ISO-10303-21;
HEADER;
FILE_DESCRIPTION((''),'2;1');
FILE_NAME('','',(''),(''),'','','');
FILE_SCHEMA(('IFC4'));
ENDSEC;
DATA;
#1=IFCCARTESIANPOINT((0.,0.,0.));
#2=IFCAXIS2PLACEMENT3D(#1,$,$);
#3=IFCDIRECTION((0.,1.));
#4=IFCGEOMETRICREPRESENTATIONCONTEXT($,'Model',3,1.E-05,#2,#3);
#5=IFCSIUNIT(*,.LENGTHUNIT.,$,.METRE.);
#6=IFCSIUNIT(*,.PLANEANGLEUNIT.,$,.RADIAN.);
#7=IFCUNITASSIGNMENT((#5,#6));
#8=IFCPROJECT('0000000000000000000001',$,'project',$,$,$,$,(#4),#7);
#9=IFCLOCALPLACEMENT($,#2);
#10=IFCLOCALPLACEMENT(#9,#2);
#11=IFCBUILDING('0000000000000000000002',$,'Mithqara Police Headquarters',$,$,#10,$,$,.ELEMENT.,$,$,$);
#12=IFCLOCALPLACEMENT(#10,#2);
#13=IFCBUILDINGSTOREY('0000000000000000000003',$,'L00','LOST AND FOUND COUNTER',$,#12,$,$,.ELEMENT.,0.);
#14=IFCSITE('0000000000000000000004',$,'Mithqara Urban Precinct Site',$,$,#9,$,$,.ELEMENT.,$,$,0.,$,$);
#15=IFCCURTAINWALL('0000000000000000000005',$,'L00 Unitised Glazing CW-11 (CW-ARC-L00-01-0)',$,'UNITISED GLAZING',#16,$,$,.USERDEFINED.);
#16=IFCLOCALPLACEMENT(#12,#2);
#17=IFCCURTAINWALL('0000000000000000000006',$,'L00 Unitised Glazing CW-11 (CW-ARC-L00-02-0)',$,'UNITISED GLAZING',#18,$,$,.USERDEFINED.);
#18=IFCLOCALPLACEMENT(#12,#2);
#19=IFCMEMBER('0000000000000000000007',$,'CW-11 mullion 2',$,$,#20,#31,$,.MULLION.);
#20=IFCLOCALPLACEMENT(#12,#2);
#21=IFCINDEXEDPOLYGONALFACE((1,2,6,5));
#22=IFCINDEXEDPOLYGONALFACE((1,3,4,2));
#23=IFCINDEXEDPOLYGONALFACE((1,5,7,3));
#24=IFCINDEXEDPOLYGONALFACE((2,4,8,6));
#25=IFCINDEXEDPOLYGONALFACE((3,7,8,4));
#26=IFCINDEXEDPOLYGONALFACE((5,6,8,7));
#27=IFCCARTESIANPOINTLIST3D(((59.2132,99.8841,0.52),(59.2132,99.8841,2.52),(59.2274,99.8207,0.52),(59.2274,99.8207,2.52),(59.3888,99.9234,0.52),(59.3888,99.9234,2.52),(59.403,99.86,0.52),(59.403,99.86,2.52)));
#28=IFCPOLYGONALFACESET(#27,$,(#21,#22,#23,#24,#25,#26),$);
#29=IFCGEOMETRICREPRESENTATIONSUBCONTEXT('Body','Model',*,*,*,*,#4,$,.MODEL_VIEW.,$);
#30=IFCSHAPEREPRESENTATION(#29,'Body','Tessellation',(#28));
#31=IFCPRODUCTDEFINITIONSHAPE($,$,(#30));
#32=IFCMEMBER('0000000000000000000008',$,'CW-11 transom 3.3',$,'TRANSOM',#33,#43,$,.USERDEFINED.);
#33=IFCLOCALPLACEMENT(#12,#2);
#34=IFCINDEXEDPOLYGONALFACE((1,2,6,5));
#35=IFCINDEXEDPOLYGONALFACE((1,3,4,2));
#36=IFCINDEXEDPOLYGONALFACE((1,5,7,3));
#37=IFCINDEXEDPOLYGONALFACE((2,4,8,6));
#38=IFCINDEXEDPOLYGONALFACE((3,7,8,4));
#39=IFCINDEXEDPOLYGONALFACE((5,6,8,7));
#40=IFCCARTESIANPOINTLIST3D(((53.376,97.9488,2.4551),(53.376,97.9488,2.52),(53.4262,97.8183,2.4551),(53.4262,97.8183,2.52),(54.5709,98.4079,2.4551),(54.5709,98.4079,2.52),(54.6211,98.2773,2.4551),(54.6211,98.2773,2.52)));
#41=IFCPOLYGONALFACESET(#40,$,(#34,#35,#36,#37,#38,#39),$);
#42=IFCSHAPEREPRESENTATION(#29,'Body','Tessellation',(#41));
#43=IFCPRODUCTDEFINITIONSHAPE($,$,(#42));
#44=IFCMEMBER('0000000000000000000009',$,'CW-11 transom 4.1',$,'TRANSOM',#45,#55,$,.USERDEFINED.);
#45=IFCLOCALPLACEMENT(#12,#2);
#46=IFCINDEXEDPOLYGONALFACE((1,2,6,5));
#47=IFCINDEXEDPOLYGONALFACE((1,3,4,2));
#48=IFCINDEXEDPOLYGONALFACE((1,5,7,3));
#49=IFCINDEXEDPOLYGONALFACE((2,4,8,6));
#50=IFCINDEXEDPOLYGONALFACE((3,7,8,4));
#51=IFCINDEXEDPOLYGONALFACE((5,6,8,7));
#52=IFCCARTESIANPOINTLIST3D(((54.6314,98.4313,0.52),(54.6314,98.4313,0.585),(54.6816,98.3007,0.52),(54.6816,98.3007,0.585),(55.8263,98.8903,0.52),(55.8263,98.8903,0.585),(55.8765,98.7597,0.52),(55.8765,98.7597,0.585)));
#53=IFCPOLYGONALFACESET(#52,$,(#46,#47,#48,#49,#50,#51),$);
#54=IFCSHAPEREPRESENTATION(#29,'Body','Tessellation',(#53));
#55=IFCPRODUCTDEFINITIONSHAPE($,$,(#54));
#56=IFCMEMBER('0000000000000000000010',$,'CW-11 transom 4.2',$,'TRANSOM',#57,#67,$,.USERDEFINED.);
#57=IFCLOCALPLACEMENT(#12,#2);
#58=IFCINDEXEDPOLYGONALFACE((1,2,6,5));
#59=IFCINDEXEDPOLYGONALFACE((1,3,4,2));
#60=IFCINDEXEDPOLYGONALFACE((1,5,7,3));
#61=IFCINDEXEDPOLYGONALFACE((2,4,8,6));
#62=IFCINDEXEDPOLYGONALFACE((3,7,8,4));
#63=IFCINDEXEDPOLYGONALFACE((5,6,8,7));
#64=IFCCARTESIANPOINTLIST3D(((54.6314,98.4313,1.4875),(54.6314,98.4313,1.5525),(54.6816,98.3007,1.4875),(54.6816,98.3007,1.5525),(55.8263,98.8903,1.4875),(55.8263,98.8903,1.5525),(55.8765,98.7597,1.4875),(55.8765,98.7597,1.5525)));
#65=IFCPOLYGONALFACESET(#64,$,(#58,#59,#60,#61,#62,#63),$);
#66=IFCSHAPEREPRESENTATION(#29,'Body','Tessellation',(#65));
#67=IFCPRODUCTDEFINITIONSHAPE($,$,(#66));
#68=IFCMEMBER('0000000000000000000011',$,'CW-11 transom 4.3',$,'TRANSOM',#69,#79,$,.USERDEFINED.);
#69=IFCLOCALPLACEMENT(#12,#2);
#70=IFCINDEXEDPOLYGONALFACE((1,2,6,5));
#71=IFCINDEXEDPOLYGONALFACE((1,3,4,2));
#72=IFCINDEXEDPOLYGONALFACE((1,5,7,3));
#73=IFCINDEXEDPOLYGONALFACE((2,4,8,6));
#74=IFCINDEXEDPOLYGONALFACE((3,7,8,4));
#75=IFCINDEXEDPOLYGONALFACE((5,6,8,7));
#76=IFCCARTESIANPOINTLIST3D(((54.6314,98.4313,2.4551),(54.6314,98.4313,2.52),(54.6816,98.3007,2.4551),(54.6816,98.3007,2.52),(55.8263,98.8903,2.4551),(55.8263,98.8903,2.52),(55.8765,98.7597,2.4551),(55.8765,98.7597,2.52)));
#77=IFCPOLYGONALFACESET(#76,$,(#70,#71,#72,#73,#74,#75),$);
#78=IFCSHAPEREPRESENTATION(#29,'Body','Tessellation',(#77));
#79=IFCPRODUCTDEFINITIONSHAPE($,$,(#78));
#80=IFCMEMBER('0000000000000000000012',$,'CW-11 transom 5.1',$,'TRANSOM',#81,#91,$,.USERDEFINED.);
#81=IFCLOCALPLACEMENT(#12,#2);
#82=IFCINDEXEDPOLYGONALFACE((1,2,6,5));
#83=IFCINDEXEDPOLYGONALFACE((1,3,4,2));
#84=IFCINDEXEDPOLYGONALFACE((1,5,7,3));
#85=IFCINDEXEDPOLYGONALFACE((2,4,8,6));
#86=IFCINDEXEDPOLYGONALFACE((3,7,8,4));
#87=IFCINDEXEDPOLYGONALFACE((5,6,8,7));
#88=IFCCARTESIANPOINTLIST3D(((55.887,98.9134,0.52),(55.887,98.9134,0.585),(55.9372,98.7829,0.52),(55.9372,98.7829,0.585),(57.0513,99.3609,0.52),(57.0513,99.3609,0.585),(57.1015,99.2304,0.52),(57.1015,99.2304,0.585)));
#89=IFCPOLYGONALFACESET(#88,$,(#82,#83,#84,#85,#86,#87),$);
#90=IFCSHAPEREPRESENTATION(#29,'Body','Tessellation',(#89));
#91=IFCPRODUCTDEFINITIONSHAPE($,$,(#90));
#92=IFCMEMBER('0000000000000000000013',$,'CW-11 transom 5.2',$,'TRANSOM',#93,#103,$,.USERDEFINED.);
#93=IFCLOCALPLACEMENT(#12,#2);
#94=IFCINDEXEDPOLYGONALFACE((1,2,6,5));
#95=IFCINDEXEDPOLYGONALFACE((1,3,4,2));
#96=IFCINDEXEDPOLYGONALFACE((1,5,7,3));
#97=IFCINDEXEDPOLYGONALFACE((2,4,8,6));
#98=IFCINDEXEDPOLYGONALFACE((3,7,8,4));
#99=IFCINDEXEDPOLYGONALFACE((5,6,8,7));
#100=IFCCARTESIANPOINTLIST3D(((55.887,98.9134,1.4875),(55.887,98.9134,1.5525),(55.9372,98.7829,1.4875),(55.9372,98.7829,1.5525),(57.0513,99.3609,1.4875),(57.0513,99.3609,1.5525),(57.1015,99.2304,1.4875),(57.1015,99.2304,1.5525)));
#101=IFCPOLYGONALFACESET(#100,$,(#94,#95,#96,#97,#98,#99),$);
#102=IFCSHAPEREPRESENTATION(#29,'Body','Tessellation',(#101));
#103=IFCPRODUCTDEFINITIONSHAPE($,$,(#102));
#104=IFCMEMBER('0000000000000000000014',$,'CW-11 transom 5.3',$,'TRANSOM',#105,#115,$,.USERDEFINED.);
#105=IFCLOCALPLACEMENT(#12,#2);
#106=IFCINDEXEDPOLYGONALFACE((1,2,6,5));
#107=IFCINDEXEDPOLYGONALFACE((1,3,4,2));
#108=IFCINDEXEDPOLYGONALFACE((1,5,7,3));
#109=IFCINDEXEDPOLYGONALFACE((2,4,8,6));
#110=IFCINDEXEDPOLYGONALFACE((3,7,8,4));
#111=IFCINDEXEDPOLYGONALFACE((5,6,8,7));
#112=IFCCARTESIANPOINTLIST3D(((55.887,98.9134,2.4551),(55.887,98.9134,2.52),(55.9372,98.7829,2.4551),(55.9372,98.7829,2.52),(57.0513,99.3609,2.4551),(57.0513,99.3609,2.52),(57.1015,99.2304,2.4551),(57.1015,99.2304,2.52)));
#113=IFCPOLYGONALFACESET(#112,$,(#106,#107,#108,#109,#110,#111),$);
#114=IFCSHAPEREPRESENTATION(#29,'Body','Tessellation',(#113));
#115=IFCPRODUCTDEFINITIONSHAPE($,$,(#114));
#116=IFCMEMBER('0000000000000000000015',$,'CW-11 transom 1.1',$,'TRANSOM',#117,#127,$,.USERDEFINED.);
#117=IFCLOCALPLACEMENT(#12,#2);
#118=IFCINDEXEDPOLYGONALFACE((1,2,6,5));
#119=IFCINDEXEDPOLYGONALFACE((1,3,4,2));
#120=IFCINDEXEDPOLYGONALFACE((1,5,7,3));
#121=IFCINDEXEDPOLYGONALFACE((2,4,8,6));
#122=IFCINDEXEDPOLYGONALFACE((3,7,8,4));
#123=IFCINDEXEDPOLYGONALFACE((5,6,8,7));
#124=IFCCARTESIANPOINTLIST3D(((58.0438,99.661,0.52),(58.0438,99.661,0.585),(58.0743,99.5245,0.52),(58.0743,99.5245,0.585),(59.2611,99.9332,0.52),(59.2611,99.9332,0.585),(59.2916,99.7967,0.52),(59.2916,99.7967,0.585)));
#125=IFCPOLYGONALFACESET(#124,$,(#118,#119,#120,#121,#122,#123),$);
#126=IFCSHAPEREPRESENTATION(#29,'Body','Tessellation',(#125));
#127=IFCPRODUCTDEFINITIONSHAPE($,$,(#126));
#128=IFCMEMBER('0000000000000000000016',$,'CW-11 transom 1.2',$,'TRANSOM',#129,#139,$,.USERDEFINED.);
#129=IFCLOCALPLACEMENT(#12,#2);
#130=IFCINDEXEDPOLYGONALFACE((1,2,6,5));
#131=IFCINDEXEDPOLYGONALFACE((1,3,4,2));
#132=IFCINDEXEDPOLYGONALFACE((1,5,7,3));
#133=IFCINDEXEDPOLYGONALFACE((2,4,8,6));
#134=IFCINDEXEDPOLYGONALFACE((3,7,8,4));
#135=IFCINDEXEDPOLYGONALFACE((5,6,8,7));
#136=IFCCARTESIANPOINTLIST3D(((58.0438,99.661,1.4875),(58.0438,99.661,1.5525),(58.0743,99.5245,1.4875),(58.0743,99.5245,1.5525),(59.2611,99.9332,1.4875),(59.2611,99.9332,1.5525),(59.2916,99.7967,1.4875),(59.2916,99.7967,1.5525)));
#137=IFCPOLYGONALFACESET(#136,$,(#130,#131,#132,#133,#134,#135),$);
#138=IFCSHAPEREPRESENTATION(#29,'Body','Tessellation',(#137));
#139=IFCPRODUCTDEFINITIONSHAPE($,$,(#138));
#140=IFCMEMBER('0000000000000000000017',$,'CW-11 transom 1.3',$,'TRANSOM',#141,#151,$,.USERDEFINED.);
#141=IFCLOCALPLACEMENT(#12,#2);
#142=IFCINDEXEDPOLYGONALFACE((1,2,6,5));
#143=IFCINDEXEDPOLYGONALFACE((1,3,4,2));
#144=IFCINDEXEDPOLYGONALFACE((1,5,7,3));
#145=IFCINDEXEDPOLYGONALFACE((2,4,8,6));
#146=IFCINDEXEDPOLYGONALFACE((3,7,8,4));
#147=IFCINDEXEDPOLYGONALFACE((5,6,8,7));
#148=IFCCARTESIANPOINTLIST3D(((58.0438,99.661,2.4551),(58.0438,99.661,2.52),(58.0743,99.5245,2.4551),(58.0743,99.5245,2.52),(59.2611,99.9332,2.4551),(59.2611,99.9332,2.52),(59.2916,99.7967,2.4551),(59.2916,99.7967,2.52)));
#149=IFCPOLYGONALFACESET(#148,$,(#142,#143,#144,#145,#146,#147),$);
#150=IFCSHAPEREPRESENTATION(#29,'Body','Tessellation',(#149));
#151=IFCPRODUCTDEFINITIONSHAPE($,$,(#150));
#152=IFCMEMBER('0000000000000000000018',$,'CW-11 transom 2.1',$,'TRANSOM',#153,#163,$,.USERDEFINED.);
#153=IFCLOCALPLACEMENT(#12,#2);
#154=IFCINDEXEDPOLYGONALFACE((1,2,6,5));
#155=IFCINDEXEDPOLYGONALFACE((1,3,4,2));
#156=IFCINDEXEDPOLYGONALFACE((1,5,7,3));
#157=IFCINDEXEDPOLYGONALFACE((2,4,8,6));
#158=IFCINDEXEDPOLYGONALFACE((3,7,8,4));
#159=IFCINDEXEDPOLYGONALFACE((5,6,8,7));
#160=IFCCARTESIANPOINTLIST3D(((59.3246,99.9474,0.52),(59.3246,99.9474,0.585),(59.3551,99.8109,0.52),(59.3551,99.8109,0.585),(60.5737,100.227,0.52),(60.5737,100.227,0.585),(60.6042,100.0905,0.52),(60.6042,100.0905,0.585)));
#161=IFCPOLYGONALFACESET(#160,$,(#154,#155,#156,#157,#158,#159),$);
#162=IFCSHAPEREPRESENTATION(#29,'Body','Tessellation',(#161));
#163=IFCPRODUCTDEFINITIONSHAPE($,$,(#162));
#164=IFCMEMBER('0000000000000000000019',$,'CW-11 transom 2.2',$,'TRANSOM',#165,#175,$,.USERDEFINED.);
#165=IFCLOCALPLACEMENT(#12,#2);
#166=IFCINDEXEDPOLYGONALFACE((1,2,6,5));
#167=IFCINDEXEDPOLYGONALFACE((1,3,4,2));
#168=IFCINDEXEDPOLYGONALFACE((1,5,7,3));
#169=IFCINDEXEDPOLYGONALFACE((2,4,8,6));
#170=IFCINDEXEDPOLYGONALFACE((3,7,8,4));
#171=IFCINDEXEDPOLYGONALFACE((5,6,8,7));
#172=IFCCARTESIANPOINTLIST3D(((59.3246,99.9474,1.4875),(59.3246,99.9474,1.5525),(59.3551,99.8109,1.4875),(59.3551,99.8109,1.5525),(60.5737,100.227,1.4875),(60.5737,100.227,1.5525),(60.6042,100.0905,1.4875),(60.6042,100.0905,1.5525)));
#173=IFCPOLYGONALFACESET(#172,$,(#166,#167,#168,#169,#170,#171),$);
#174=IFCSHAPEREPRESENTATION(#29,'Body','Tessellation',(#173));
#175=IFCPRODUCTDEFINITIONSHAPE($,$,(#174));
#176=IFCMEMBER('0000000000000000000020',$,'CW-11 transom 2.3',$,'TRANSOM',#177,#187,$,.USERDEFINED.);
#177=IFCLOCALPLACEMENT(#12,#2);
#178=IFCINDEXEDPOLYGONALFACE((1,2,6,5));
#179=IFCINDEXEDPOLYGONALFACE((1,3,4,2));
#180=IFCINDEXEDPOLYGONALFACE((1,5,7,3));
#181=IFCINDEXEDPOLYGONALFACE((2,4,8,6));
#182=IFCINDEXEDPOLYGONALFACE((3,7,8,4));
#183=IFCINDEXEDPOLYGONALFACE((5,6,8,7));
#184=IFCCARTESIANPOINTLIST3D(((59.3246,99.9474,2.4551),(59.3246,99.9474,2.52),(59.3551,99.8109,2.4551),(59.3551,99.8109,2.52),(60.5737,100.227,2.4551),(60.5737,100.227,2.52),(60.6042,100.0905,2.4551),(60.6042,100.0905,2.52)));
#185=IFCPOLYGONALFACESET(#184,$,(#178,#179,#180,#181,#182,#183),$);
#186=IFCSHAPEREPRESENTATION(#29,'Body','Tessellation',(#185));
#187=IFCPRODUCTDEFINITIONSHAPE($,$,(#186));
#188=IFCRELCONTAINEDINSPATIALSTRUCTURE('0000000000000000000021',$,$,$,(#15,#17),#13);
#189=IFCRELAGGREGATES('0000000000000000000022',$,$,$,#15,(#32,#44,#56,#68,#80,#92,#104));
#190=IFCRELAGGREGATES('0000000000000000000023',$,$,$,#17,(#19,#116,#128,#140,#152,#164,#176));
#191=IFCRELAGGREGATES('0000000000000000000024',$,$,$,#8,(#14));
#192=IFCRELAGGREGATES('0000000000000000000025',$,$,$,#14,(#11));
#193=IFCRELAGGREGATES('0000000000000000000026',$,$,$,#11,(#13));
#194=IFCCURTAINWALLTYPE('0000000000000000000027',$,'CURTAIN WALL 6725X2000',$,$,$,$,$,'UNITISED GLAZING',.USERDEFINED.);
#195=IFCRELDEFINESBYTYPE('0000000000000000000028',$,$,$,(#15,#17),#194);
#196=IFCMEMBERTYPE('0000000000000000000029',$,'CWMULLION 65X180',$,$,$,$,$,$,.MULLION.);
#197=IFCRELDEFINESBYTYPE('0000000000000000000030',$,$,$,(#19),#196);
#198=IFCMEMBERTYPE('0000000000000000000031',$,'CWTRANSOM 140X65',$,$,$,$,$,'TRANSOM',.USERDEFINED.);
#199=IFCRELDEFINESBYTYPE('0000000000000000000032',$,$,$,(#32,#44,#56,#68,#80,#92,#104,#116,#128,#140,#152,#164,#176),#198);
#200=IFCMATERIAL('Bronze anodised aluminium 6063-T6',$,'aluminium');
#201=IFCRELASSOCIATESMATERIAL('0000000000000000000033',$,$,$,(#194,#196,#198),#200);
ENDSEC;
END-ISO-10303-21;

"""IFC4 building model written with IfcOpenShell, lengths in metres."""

from ifc_helpers import new_model, si_unit, direction, frame, origin, origin_2d, place, context, subcontext, project, spatial, rectangle, extrude, material, material_profile, profile_set, type_object, element, aggregate, save


model = new_model("IFC4")

# Units and contexts
model_context = context("Model", 3, precision=1e-05, world=origin(), true_north=direction((0.0, 1.0)))
body_context = subcontext(model_context, "Body", "Model", "MODEL_VIEW")
ifc_project = project(units=[si_unit("LENGTHUNIT", "METRE"), si_unit("PLANEANGLEUNIT", "RADIAN")], contexts=[model_context])

# Site, building, storey
site_placement = place(None, origin())
site = spatial("IfcSite", under=ifc_project, at=site_placement, Name="Mithqara Urban Precinct Site", CompositionType="ELEMENT", RefElevation=0.0)
building_placement = place(site_placement, origin())
building = spatial("IfcBuilding", under=site, at=building_placement, Name="Mithqara Police Headquarters", CompositionType="ELEMENT")
storey_placement = place(building_placement, origin())
storey = spatial("IfcBuildingStorey", under=building, at=storey_placement, Name="L00", Description="LOST AND FOUND COUNTER", CompositionType="ELEMENT", Elevation=0.0)

# Curtain walls, member
ifc_material_1 = material(Name="Bronze anodised aluminium 6063-T6", Category="aluminium")
curtain_wall_type = type_object("IfcCurtainWallType", Name="CURTAIN WALL 6725X2000", ElementType="UNITISED GLAZING", PredefinedType="USERDEFINED", material=ifc_material_1)
curtain_wall_1_placement = place(storey_placement, origin())
curtain_wall_1 = element("IfcCurtainWall", 1, at=curtain_wall_1_placement, inside=storey, type_object=curtain_wall_type, Name="L00 Unitised Glazing CW-11 (CW-ARC-L00-01-0)", ObjectType="UNITISED GLAZING", PredefinedType="USERDEFINED")
ifc_material_profile_1 = material_profile(ifc_material_1, rectangle(XDim=0.0649, YDim=0.1799, at=origin_2d()), Name="CWM 65x180")
ifc_profile_set_1 = profile_set([ifc_material_profile_1], Name="Bronze anodised aluminium 6063-T6")
member_type_1 = type_object("IfcMemberType", Name="CWMULLION 65X180", PredefinedType="MULLION", material=ifc_profile_set_1)
curtain_wall_2_placement = place(storey_placement, origin())
curtain_wall_2 = element("IfcCurtainWall", 2, at=curtain_wall_2_placement, inside=storey, type_object=curtain_wall_type, Name="L00 Unitised Glazing CW-11 (CW-ARC-L00-02-0)", ObjectType="UNITISED GLAZING", PredefinedType="USERDEFINED")
member_1_placement = place(storey_placement, frame((59.3081, 99.8721, 0.52), z_axis=(0.0, 0.0, 1.0), x_axis=(-0.218335, 0.975874, 0.0)))
member_1 = element("IfcMember", 3, at=member_1_placement, type_object=member_type_1, Name="CW-11 mullion 2", PredefinedType="MULLION", context=body_context, shape_type="SweptSolid", body=[
    extrude(rectangle(XDim=0.0649, YDim=0.1799, at=origin_2d()), origin(), (0.0, 0.0, 1.0), 2.0),
])

# Members
ifc_material_profile_2 = material_profile(ifc_material_1, rectangle(XDim=0.1399, YDim=0.0649, at=origin_2d()), Name="CWT 140x65")
ifc_profile_set_2 = profile_set([ifc_material_profile_2], Name="Bronze anodised aluminium 6063-T6")
member_type_2 = type_object("IfcMemberType", Name="CWTRANSOM 140X65", ElementType="TRANSOM", PredefinedType="USERDEFINED", material=ifc_profile_set_2)
member_2_placement = place(storey_placement, frame((53.4011, 97.8835, 2.4875), z_axis=(0.933493, 0.358596, 0.0), x_axis=(-0.358596, 0.933493, 0.0)))
member_2 = element("IfcMember", 4, at=member_2_placement, type_object=member_type_2, Name="CW-11 transom 3.3", ObjectType="TRANSOM", PredefinedType="USERDEFINED", context=body_context, shape_type="SweptSolid", body=[
    extrude(rectangle(XDim=0.1399, YDim=0.0649, at=origin_2d()), origin(), (0.0, 0.0, 1.0), 1.28),
])
member_3_placement = place(storey_placement, frame((54.6565, 98.366, 0.5525), z_axis=(0.933493, 0.358596, 0.0), x_axis=(-0.358596, 0.933493, 0.0)))
member_3 = element("IfcMember", 5, at=member_3_placement, type_object=member_type_2, Name="CW-11 transom 4.1", ObjectType="TRANSOM", PredefinedType="USERDEFINED", context=body_context, shape_type="SweptSolid", body=[
    extrude(rectangle(XDim=0.1399, YDim=0.0649, at=origin_2d()), origin(), (0.0, 0.0, 1.0), 1.28),
])
member_4_placement = place(storey_placement, frame((54.6565, 98.366, 1.52), z_axis=(0.933493, 0.358596, 0.0), x_axis=(-0.358596, 0.933493, 0.0)))
member_4 = element("IfcMember", 6, at=member_4_placement, type_object=member_type_2, Name="CW-11 transom 4.2", ObjectType="TRANSOM", PredefinedType="USERDEFINED", context=body_context, shape_type="SweptSolid", body=[
    extrude(rectangle(XDim=0.1399, YDim=0.0649, at=origin_2d()), origin(), (0.0, 0.0, 1.0), 1.28),
])
member_5_placement = place(storey_placement, frame((54.6565, 98.366, 2.4875), z_axis=(0.933493, 0.358596, 0.0), x_axis=(-0.358596, 0.933493, 0.0)))
member_5 = element("IfcMember", 7, at=member_5_placement, type_object=member_type_2, Name="CW-11 transom 4.3", ObjectType="TRANSOM", PredefinedType="USERDEFINED", context=body_context, shape_type="SweptSolid", body=[
    extrude(rectangle(XDim=0.1399, YDim=0.0649, at=origin_2d()), origin(), (0.0, 0.0, 1.0), 1.28),
])
member_6_placement = place(storey_placement, frame((55.9121, 98.8481, 0.5525), z_axis=(0.933426, 0.358769, 0.0), x_axis=(-0.358769, 0.933426, 0.0)))
member_6 = element("IfcMember", 8, at=member_6_placement, type_object=member_type_2, Name="CW-11 transom 5.1", ObjectType="TRANSOM", PredefinedType="USERDEFINED", context=body_context, shape_type="SweptSolid", body=[
    extrude(rectangle(XDim=0.1399, YDim=0.0649, at=origin_2d()), origin(), (0.0, 0.0, 1.0), 1.2473),
])
member_7_placement = place(storey_placement, frame((55.9121, 98.8481, 1.52), z_axis=(0.933426, 0.358769, 0.0), x_axis=(-0.358769, 0.933426, 0.0)))
member_7 = element("IfcMember", 9, at=member_7_placement, type_object=member_type_2, Name="CW-11 transom 5.2", ObjectType="TRANSOM", PredefinedType="USERDEFINED", context=body_context, shape_type="SweptSolid", body=[
    extrude(rectangle(XDim=0.1399, YDim=0.0649, at=origin_2d()), origin(), (0.0, 0.0, 1.0), 1.2473),
])
member_8_placement = place(storey_placement, frame((55.9121, 98.8481, 2.4875), z_axis=(0.933426, 0.358769, 0.0), x_axis=(-0.358769, 0.933426, 0.0)))
member_8 = element("IfcMember", 10, at=member_8_placement, type_object=member_type_2, Name="CW-11 transom 5.3", ObjectType="TRANSOM", PredefinedType="USERDEFINED", context=body_context, shape_type="SweptSolid", body=[
    extrude(rectangle(XDim=0.1399, YDim=0.0649, at=origin_2d()), origin(), (0.0, 0.0, 1.0), 1.2473),
])
member_9_placement = place(storey_placement, frame((58.0591, 99.5928, 0.5525), z_axis=(0.975896, 0.218236, 0.0), x_axis=(-0.218236, 0.975896, 0.0)))
member_9 = element("IfcMember", 11, at=member_9_placement, type_object=member_type_2, Name="CW-11 transom 1.1", ObjectType="TRANSOM", PredefinedType="USERDEFINED", context=body_context, shape_type="SweptSolid", body=[
    extrude(rectangle(XDim=0.1399, YDim=0.0649, at=origin_2d()), origin(), (0.0, 0.0, 1.0), 1.2473),
])
member_10_placement = place(storey_placement, frame((58.0591, 99.5928, 1.52), z_axis=(0.975896, 0.218236, 0.0), x_axis=(-0.218236, 0.975896, 0.0)))
member_10 = element("IfcMember", 12, at=member_10_placement, type_object=member_type_2, Name="CW-11 transom 1.2", ObjectType="TRANSOM", PredefinedType="USERDEFINED", context=body_context, shape_type="SweptSolid", body=[
    extrude(rectangle(XDim=0.1399, YDim=0.0649, at=origin_2d()), origin(), (0.0, 0.0, 1.0), 1.2473),
])
member_11_placement = place(storey_placement, frame((58.0591, 99.5928, 2.4875), z_axis=(0.975896, 0.218236, 0.0), x_axis=(-0.218236, 0.975896, 0.0)))
member_11 = element("IfcMember", 13, at=member_11_placement, type_object=member_type_2, Name="CW-11 transom 1.3", ObjectType="TRANSOM", PredefinedType="USERDEFINED", context=body_context, shape_type="SweptSolid", body=[
    extrude(rectangle(XDim=0.1399, YDim=0.0649, at=origin_2d()), origin(), (0.0, 0.0, 1.0), 1.2473),
])
member_12_placement = place(storey_placement, frame((59.3398, 99.8792, 0.5525), z_axis=(0.975858, 0.218405, 0.0), x_axis=(-0.218405, 0.975858, 0.0)))
member_12 = element("IfcMember", 14, at=member_12_placement, type_object=member_type_2, Name="CW-11 transom 2.1", ObjectType="TRANSOM", PredefinedType="USERDEFINED", context=body_context, shape_type="SweptSolid", body=[
    extrude(rectangle(XDim=0.1399, YDim=0.0649, at=origin_2d()), origin(), (0.0, 0.0, 1.0), 1.28),
])
member_13_placement = place(storey_placement, frame((59.3398, 99.8792, 1.52), z_axis=(0.975858, 0.218405, 0.0), x_axis=(-0.218405, 0.975858, 0.0)))
member_13 = element("IfcMember", 15, at=member_13_placement, type_object=member_type_2, Name="CW-11 transom 2.2", ObjectType="TRANSOM", PredefinedType="USERDEFINED", context=body_context, shape_type="SweptSolid", body=[
    extrude(rectangle(XDim=0.1399, YDim=0.0649, at=origin_2d()), origin(), (0.0, 0.0, 1.0), 1.28),
])
member_14_placement = place(storey_placement, frame((59.3398, 99.8792, 2.4875), z_axis=(0.975858, 0.218405, 0.0), x_axis=(-0.218405, 0.975858, 0.0)))
member_14 = element("IfcMember", 16, at=member_14_placement, type_object=member_type_2, Name="CW-11 transom 2.3", ObjectType="TRANSOM", PredefinedType="USERDEFINED", context=body_context, shape_type="SweptSolid", body=[
    extrude(rectangle(XDim=0.1399, YDim=0.0649, at=origin_2d()), origin(), (0.0, 0.0, 1.0), 1.28),
])

aggregate(curtain_wall_1, [member_2, member_3, member_4, member_5, member_6, member_7, member_8])
aggregate(curtain_wall_2, [member_1, member_9, member_10, member_11, member_12, member_13, member_14])

save(model, "model.ifc")
